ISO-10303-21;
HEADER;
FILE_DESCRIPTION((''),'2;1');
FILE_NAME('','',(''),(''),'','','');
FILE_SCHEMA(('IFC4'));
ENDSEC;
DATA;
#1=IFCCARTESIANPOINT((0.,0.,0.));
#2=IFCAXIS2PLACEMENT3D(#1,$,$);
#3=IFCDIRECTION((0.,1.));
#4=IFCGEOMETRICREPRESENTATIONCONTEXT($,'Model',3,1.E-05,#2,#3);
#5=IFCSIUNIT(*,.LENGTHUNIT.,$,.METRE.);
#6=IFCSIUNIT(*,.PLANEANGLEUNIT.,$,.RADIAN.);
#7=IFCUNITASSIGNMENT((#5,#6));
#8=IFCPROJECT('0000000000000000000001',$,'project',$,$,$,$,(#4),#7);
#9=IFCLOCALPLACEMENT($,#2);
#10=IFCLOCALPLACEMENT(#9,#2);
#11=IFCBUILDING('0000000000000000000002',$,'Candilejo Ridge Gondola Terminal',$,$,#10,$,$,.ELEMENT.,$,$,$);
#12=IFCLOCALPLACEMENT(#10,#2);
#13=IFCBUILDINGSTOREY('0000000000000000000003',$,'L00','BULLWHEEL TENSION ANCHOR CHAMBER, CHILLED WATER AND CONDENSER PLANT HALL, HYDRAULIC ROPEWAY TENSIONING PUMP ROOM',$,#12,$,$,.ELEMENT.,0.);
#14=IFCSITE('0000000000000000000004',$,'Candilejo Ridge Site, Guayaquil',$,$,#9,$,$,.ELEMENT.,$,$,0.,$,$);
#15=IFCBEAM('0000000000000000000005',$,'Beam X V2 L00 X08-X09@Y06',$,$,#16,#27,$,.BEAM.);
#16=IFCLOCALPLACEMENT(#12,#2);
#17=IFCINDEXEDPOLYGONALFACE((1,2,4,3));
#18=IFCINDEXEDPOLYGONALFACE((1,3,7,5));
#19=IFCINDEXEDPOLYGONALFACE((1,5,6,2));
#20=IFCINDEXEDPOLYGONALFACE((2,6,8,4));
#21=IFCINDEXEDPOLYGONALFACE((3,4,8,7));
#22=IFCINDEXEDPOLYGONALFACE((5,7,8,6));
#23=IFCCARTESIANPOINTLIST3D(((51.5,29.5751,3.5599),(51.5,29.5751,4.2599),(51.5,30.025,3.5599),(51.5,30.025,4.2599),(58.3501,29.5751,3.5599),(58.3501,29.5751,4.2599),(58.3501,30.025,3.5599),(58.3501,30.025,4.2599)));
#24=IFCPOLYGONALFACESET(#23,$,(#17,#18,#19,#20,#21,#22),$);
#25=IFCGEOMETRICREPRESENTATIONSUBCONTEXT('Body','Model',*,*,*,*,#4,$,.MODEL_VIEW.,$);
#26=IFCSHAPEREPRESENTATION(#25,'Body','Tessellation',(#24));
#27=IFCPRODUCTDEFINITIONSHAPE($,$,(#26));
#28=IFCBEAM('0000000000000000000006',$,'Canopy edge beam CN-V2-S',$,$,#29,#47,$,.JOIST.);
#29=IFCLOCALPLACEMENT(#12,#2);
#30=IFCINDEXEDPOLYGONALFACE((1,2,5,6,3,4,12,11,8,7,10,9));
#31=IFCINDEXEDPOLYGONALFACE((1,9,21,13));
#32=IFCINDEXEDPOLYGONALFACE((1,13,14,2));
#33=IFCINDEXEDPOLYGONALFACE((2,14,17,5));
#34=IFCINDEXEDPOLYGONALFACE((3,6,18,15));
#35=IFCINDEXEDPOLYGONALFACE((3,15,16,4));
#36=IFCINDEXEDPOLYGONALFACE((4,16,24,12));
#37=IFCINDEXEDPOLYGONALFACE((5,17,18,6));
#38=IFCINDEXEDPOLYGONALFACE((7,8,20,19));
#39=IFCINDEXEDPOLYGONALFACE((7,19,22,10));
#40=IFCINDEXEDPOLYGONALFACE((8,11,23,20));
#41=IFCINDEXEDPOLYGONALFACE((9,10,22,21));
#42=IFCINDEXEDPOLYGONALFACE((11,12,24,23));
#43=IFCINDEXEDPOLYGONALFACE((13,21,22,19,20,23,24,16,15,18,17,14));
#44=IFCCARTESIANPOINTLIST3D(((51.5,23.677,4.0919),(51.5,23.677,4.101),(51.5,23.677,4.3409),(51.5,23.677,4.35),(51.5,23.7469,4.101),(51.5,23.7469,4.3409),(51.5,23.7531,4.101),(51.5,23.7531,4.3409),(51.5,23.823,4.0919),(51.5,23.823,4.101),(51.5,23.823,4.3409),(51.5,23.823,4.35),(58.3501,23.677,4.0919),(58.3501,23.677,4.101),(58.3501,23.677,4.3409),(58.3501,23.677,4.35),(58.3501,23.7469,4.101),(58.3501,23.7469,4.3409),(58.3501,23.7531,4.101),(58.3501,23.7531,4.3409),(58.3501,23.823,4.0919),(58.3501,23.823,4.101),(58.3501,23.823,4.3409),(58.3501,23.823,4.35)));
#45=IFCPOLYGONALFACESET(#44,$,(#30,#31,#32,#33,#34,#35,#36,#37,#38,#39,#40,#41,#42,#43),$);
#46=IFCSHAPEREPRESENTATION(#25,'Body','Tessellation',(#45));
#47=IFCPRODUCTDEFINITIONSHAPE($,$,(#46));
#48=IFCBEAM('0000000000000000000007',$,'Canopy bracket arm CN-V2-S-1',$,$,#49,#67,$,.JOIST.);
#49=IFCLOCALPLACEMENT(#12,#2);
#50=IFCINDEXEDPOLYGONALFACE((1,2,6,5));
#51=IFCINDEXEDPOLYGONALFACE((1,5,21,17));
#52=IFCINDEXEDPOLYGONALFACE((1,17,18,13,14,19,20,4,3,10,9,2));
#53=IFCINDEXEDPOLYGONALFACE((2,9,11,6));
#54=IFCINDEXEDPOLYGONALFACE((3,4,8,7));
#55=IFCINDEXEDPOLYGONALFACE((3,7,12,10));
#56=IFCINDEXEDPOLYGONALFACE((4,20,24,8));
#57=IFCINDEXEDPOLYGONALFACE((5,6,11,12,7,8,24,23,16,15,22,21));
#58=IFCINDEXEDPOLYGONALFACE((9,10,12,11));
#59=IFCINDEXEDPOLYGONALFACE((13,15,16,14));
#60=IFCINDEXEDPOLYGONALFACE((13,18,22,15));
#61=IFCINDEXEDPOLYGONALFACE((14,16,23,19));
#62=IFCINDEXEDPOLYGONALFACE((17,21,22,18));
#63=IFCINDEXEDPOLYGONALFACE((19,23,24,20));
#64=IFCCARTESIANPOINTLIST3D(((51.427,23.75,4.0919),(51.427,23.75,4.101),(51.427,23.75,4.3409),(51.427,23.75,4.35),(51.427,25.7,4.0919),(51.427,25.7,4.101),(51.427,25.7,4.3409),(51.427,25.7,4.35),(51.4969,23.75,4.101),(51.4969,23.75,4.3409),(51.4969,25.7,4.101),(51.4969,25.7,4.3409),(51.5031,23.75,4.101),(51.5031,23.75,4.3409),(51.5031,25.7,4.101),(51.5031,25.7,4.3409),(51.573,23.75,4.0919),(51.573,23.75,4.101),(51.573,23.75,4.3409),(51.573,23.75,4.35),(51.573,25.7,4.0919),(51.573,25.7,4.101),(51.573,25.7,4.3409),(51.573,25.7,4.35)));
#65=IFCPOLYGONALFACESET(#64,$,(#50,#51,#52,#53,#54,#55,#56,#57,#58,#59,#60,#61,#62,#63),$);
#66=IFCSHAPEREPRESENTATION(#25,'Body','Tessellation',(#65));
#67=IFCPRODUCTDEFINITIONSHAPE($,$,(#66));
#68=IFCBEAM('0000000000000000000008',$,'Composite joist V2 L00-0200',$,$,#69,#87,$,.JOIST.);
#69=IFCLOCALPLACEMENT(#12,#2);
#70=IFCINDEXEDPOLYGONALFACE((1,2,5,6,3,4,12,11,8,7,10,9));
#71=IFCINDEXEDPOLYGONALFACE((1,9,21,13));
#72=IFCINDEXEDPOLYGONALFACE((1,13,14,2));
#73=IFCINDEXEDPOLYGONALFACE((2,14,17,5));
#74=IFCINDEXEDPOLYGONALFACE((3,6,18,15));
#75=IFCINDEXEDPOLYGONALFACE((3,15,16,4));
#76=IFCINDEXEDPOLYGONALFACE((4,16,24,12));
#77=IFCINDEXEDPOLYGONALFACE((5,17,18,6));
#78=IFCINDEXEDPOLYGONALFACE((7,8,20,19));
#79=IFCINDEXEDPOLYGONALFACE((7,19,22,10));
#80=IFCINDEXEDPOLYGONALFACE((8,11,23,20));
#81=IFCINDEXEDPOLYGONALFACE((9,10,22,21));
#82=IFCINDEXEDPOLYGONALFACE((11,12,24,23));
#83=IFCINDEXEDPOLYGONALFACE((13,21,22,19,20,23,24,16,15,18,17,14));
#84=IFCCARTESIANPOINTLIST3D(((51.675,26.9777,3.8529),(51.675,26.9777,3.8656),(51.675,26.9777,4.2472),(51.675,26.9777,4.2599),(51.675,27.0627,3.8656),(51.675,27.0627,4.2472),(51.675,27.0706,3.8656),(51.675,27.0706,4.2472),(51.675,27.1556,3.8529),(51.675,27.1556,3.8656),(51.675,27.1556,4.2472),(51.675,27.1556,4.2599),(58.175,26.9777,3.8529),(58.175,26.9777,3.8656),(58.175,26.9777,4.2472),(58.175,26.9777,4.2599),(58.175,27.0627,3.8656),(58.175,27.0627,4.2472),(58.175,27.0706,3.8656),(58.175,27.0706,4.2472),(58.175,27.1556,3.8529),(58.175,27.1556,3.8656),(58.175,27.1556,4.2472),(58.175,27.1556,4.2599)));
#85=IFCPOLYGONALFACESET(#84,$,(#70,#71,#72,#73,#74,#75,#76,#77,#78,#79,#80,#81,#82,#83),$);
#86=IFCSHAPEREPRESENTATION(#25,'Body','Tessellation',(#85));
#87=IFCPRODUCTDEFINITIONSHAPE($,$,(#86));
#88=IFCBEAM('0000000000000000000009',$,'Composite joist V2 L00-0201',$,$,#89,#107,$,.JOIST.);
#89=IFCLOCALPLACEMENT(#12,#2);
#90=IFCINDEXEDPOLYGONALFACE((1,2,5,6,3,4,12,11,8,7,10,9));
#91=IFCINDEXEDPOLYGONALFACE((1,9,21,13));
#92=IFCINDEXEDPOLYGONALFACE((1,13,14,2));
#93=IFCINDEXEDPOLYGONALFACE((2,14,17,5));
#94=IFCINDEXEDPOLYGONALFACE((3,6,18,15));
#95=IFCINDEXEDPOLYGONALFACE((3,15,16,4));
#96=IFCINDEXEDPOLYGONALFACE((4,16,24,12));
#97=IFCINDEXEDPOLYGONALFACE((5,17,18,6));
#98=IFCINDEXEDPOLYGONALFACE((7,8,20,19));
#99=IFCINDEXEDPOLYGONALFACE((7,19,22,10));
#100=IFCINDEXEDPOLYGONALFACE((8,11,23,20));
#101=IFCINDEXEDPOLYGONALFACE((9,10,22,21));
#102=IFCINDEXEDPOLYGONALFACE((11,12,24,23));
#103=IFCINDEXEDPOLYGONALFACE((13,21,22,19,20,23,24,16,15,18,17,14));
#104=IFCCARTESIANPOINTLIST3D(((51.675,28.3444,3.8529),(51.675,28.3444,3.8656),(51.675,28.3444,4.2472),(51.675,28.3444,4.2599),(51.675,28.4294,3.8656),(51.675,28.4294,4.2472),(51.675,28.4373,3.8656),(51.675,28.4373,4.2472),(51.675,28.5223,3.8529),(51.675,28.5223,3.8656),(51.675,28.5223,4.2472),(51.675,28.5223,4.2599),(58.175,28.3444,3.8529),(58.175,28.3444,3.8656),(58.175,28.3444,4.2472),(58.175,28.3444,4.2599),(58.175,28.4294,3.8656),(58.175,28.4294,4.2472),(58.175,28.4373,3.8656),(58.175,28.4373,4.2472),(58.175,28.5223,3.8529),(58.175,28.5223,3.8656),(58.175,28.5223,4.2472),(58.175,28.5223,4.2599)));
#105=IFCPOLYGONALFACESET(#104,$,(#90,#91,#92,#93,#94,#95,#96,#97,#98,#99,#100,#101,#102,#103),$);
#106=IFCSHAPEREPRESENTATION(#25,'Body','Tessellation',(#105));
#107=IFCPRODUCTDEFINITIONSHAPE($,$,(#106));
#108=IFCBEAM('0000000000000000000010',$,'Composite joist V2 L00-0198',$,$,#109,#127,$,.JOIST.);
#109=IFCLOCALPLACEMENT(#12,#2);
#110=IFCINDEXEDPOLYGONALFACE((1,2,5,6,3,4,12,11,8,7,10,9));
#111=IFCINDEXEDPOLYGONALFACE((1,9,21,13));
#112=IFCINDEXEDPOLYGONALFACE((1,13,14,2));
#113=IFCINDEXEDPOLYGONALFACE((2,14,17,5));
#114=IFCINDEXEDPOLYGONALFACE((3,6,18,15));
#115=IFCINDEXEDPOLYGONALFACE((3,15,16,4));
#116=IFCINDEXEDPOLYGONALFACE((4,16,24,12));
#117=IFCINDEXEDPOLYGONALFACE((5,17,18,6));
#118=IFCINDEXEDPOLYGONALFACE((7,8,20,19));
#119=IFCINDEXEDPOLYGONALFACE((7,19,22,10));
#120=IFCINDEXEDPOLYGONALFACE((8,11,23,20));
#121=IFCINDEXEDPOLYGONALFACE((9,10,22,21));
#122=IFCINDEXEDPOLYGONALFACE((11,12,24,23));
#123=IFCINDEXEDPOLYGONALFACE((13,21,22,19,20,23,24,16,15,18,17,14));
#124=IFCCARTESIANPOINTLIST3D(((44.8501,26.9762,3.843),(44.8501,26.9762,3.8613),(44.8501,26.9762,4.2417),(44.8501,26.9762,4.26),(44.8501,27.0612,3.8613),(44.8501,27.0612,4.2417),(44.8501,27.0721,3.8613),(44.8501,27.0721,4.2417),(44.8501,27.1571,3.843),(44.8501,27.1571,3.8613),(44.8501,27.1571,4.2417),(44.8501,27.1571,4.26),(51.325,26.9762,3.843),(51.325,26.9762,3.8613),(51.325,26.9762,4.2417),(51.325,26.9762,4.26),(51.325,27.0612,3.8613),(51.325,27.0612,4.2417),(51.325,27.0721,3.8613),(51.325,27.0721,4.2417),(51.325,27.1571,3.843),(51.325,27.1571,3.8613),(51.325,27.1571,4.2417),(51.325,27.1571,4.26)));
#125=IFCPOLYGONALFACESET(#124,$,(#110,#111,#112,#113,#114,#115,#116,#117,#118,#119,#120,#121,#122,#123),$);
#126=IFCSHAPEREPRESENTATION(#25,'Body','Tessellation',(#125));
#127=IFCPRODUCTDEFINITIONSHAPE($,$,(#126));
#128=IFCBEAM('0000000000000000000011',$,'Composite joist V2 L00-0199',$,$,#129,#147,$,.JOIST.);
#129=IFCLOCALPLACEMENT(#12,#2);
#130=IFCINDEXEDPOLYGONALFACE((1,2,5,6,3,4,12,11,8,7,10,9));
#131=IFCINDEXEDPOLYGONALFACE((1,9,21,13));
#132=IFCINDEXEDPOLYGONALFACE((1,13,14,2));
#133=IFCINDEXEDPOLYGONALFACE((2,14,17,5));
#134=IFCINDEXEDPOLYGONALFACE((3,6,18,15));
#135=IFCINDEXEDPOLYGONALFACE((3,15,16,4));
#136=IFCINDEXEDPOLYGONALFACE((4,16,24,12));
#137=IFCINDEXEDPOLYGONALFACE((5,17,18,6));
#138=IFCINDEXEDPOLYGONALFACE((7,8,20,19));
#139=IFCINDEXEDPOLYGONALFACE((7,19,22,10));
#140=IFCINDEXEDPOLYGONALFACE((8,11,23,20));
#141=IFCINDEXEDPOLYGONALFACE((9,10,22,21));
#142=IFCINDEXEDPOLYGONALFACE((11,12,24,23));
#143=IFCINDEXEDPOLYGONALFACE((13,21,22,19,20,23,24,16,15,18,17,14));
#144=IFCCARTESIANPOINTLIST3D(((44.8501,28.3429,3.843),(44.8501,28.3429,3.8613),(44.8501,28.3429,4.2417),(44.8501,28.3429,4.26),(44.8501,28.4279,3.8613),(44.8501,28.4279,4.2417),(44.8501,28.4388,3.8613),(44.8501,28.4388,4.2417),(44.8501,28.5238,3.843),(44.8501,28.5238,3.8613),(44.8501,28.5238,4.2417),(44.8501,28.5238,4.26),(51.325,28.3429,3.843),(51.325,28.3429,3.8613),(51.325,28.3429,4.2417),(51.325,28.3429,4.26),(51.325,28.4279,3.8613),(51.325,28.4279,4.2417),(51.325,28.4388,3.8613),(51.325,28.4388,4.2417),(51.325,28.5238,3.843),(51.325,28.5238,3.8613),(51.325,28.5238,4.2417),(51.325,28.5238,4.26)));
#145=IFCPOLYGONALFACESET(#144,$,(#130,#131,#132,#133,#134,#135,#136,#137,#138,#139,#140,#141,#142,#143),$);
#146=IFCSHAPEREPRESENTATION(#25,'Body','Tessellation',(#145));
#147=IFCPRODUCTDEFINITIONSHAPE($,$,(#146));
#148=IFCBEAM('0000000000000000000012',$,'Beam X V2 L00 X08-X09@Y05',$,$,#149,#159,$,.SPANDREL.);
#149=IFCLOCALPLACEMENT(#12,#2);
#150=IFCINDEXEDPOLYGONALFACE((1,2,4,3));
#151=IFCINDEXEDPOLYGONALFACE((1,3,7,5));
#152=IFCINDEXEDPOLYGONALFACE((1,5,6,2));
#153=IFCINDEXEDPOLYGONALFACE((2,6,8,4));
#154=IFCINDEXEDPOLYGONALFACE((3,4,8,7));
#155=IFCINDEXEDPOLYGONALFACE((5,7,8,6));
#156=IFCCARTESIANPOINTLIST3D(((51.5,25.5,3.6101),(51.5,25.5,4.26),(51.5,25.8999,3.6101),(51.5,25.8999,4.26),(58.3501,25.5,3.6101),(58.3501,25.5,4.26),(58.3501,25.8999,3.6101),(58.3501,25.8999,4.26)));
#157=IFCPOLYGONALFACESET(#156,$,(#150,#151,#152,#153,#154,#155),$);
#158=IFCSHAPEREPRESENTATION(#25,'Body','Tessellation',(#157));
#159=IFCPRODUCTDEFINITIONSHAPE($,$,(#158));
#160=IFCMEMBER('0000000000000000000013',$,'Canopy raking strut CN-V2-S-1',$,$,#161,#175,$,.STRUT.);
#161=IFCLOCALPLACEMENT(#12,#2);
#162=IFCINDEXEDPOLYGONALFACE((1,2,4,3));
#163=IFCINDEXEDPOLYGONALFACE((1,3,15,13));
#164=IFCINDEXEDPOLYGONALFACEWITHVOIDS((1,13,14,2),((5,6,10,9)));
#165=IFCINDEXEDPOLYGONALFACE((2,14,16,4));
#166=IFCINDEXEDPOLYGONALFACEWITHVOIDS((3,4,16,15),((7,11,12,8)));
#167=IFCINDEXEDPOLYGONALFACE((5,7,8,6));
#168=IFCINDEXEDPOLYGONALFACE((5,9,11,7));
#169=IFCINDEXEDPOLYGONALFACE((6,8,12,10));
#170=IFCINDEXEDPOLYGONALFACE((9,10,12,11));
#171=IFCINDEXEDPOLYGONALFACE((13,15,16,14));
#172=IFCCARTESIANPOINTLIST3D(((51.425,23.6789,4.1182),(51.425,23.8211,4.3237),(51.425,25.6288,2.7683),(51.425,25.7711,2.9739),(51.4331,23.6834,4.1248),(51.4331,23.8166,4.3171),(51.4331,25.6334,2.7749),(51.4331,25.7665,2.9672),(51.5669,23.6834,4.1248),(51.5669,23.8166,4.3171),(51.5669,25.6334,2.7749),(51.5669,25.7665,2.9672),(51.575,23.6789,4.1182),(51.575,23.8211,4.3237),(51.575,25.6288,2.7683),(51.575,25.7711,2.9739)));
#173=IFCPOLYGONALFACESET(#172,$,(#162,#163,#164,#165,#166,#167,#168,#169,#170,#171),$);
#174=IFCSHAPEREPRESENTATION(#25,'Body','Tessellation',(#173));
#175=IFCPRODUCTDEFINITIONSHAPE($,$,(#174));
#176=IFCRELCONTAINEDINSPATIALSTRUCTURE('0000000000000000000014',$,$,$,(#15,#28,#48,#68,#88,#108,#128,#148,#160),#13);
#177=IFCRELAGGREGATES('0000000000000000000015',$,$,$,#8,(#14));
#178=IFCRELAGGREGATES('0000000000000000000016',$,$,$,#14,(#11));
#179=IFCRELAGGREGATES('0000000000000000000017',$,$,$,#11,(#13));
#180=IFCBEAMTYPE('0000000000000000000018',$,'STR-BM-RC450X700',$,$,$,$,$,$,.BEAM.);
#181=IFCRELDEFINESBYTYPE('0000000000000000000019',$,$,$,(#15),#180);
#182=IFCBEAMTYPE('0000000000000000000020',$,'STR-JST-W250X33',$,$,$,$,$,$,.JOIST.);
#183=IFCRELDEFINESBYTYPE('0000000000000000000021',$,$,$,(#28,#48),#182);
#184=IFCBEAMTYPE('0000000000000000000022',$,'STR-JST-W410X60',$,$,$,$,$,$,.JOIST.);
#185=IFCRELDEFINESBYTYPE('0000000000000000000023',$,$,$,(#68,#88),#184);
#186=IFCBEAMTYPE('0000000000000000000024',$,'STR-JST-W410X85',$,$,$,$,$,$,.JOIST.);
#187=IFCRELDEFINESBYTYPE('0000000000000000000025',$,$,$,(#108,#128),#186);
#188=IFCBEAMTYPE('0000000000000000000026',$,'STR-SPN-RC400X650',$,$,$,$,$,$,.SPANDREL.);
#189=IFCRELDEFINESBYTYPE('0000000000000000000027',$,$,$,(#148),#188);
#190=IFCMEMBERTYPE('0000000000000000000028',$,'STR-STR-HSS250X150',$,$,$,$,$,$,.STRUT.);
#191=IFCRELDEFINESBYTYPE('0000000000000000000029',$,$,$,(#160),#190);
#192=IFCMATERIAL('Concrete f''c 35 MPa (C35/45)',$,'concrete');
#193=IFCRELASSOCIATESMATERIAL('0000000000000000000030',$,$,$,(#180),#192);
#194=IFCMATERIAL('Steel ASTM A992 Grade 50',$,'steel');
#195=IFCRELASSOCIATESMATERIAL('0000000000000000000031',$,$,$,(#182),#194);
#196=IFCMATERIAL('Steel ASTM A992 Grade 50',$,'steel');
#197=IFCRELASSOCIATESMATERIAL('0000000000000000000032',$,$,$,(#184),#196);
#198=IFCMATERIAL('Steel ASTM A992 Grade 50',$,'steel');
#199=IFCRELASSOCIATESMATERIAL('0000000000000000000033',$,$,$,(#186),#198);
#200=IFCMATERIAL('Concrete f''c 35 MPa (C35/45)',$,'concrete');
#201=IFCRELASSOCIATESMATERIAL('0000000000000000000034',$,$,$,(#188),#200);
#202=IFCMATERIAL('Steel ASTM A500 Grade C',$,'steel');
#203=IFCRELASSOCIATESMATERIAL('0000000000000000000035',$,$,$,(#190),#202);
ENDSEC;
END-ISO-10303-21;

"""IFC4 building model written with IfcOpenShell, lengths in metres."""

from ifc_helpers import new_model, si_unit, direction, frame, origin, origin_2d, place, context, subcontext, project, spatial, rectangle, hollow_rectangle, i_section, extrude, material, material_profile, profile_set, type_object, element, save


model = new_model("IFC4")

# Units and contexts
model_context = context("Model", 3, precision=1e-05, world=origin(), true_north=direction((0.0, 1.0)))
body_context = subcontext(model_context, "Body", "Model", "MODEL_VIEW")
ifc_project = project(units=[si_unit("LENGTHUNIT", "METRE"), si_unit("PLANEANGLEUNIT", "RADIAN")], contexts=[model_context])

# Site, building, storey
site_placement = place(None, origin())
site = spatial("IfcSite", under=ifc_project, at=site_placement, Name="Candilejo Ridge Site, Guayaquil", CompositionType="ELEMENT", RefElevation=0.0)
building_placement = place(site_placement, origin())
building = spatial("IfcBuilding", under=site, at=building_placement, Name="Candilejo Ridge Gondola Terminal", CompositionType="ELEMENT")
storey_placement = place(building_placement, origin())
storey = spatial("IfcBuildingStorey", under=building, at=storey_placement, Name="L00", Description="BULLWHEEL TENSION ANCHOR CHAMBER, CHILLED WATER AND CONDENSER PLANT HALL, HYDRAULIC ROPEWAY TENSIONING PUMP ROOM", CompositionType="ELEMENT", Elevation=0.0)

# Beams
ifc_material_1 = material(Name="Concrete f'c 35 MPa (C35/45)", Category="concrete")
ifc_material_profile_1 = material_profile(ifc_material_1, rectangle(XDim=0.45, YDim=0.7, at=origin_2d()))
ifc_profile_set_1 = profile_set([ifc_material_profile_1], Name="Concrete f'c 35 MPa (C35/45)")
beam_type_1 = type_object("IfcBeamType", Name="STR-BM-RC450X700", PredefinedType="BEAM", material=ifc_profile_set_1)
beam_1_placement = place(storey_placement, frame((51.5, 29.8, 3.9099), z_axis=(1.0, 0.0, 0.0), x_axis=(0.0, 1.0, 0.0)))
element("IfcBeam", 1, at=beam_1_placement, inside=storey, type_object=beam_type_1, Name="Beam X V2 L00 X08-X09@Y06", PredefinedType="BEAM", context=body_context, shape_type="SweptSolid", body=[
    extrude(rectangle(XDim=0.45, YDim=0.7, at=origin_2d()), origin(), (0.0, 0.0, 1.0), 6.8501),
])
ifc_material_2 = material(Name="Steel ASTM A992 Grade 50", Category="steel")
ifc_material_profile_2 = material_profile(ifc_material_2, i_section(OverallWidth=0.146, OverallDepth=0.2581, WebThickness=0.0061, FlangeThickness=0.009, at=origin_2d()))
ifc_profile_set_2 = profile_set([ifc_material_profile_2], Name="Steel ASTM A992 Grade 50")
beam_type_2 = type_object("IfcBeamType", Name="STR-JST-W250X33", PredefinedType="JOIST", material=ifc_profile_set_2)
beam_2_placement = place(storey_placement, frame((51.5, 23.75, 4.2209), z_axis=(1.0, 0.0, 0.0), x_axis=(0.0, 1.0, 0.0)))
element("IfcBeam", 2, at=beam_2_placement, inside=storey, type_object=beam_type_2, Name="Canopy edge beam CN-V2-S", PredefinedType="JOIST", context=body_context, shape_type="SweptSolid", body=[
    extrude(i_section(OverallWidth=0.146, OverallDepth=0.2581, WebThickness=0.0061, FlangeThickness=0.009, at=origin_2d()), origin(), (0.0, 0.0, 1.0), 6.8501),
])
beam_3_placement = place(storey_placement, frame((51.5, 23.75, 4.2209), z_axis=(0.0, 1.0, 0.0), x_axis=(-1.0, 0.0, 0.0)))
element("IfcBeam", 3, at=beam_3_placement, inside=storey, type_object=beam_type_2, Name="Canopy bracket arm CN-V2-S-1", PredefinedType="JOIST", context=body_context, shape_type="SweptSolid", body=[
    extrude(i_section(OverallWidth=0.146, OverallDepth=0.2581, WebThickness=0.0061, FlangeThickness=0.009, at=origin_2d()), origin(), (0.0, 0.0, 1.0), 1.95),
])
ifc_material_3 = material(Name="Steel ASTM A992 Grade 50", Category="steel")
ifc_material_profile_3 = material_profile(ifc_material_3, i_section(OverallWidth=0.178, OverallDepth=0.407, WebThickness=0.0078, FlangeThickness=0.0127, at=origin_2d()))
ifc_profile_set_3 = profile_set([ifc_material_profile_3], Name="Steel ASTM A992 Grade 50")
beam_type_3 = type_object("IfcBeamType", Name="STR-JST-W410X60", PredefinedType="JOIST", material=ifc_profile_set_3)
for number, where, z_axis, x_axis, name in (
    (4, (51.675, 27.0667, 4.0564), (1.0, 0.0, 0.0), (0.0, 1.0, 0.0), "Composite joist V2 L00-0200"),
    (5, (51.675, 28.4333, 4.0564), (1.0, 0.0, 0.0), (0.0, 1.0, 0.0), "Composite joist V2 L00-0201"),
):
    element("IfcBeam", number, at=place(storey_placement, frame(where, z_axis=z_axis, x_axis=x_axis)), inside=storey, type_object=beam_type_3, Name=name, PredefinedType="JOIST", context=body_context, shape_type="SweptSolid", body=[
        extrude(i_section(OverallWidth=0.178, OverallDepth=0.407, WebThickness=0.0078, FlangeThickness=0.0127, at=origin_2d()), origin(), (0.0, 0.0, 1.0), 6.5),
    ])
ifc_material_4 = material(Name="Steel ASTM A992 Grade 50", Category="steel")
ifc_material_profile_4 = material_profile(ifc_material_4, i_section(OverallWidth=0.1809, OverallDepth=0.417, WebThickness=0.011, FlangeThickness=0.0183, at=origin_2d()))
ifc_profile_set_4 = profile_set([ifc_material_profile_4], Name="Steel ASTM A992 Grade 50")
beam_type_4 = type_object("IfcBeamType", Name="STR-JST-W410X85", PredefinedType="JOIST", material=ifc_profile_set_4)
for number, where, z_axis, x_axis, name in (
    (6, (44.8501, 27.0667, 4.0515), (1.0, 0.0, 0.0), (0.0, 1.0, 0.0), "Composite joist V2 L00-0198"),
    (7, (44.8501, 28.4333, 4.0515), (1.0, 0.0, 0.0), (0.0, 1.0, 0.0), "Composite joist V2 L00-0199"),
):
    element("IfcBeam", number, at=place(storey_placement, frame(where, z_axis=z_axis, x_axis=x_axis)), inside=storey, type_object=beam_type_4, Name=name, PredefinedType="JOIST", context=body_context, shape_type="SweptSolid", body=[
        extrude(i_section(OverallWidth=0.1809, OverallDepth=0.417, WebThickness=0.011, FlangeThickness=0.0183, at=origin_2d()), origin(), (0.0, 0.0, 1.0), 6.4749),
    ])
ifc_material_5 = material(Name="Concrete f'c 35 MPa (C35/45)", Category="concrete")
ifc_material_profile_5 = material_profile(ifc_material_5, rectangle(XDim=0.3999, YDim=0.6499, at=origin_2d()))
ifc_profile_set_5 = profile_set([ifc_material_profile_5], Name="Concrete f'c 35 MPa (C35/45)")
beam_type_5 = type_object("IfcBeamType", Name="STR-SPN-RC400X650", PredefinedType="SPANDREL", material=ifc_profile_set_5)
beam_4_placement = place(storey_placement, frame((51.5, 25.7, 3.9351), z_axis=(1.0, 0.0, 0.0), x_axis=(0.0, 1.0, 0.0)))
element("IfcBeam", 8, at=beam_4_placement, inside=storey, type_object=beam_type_5, Name="Beam X V2 L00 X08-X09@Y05", PredefinedType="SPANDREL", context=body_context, shape_type="SweptSolid", body=[
    extrude(rectangle(XDim=0.3999, YDim=0.6499, at=origin_2d()), origin(), (0.0, 0.0, 1.0), 6.8501),
])

# Member
ifc_material_6 = material(Name="Steel ASTM A500 Grade C", Category="steel")
ifc_material_profile_6 = material_profile(ifc_material_6, hollow_rectangle(XDim=0.1499, YDim=0.25, WallThickness=0.0081, at=origin_2d()))
ifc_profile_set_6 = profile_set([ifc_material_profile_6], Name="Steel ASTM A500 Grade C")
member_type = type_object("IfcMemberType", Name="STR-STR-HSS250X150", PredefinedType="STRUT", material=ifc_profile_set_6)
member_placement = place(storey_placement, frame((51.5, 25.7, 2.8711), z_axis=(0.0, -0.822214, 0.569178), x_axis=(1.0, 0.0, 0.0)))
element("IfcMember", 9, at=member_placement, inside=storey, type_object=member_type, Name="Canopy raking strut CN-V2-S-1", PredefinedType="STRUT", context=body_context, shape_type="SweptSolid", body=[
    extrude(hollow_rectangle(XDim=0.1499, YDim=0.25, WallThickness=0.0081, at=origin_2d()), origin(), (0.0, 0.0, 1.0), 2.3716),
])

save(model, "model.ifc")
